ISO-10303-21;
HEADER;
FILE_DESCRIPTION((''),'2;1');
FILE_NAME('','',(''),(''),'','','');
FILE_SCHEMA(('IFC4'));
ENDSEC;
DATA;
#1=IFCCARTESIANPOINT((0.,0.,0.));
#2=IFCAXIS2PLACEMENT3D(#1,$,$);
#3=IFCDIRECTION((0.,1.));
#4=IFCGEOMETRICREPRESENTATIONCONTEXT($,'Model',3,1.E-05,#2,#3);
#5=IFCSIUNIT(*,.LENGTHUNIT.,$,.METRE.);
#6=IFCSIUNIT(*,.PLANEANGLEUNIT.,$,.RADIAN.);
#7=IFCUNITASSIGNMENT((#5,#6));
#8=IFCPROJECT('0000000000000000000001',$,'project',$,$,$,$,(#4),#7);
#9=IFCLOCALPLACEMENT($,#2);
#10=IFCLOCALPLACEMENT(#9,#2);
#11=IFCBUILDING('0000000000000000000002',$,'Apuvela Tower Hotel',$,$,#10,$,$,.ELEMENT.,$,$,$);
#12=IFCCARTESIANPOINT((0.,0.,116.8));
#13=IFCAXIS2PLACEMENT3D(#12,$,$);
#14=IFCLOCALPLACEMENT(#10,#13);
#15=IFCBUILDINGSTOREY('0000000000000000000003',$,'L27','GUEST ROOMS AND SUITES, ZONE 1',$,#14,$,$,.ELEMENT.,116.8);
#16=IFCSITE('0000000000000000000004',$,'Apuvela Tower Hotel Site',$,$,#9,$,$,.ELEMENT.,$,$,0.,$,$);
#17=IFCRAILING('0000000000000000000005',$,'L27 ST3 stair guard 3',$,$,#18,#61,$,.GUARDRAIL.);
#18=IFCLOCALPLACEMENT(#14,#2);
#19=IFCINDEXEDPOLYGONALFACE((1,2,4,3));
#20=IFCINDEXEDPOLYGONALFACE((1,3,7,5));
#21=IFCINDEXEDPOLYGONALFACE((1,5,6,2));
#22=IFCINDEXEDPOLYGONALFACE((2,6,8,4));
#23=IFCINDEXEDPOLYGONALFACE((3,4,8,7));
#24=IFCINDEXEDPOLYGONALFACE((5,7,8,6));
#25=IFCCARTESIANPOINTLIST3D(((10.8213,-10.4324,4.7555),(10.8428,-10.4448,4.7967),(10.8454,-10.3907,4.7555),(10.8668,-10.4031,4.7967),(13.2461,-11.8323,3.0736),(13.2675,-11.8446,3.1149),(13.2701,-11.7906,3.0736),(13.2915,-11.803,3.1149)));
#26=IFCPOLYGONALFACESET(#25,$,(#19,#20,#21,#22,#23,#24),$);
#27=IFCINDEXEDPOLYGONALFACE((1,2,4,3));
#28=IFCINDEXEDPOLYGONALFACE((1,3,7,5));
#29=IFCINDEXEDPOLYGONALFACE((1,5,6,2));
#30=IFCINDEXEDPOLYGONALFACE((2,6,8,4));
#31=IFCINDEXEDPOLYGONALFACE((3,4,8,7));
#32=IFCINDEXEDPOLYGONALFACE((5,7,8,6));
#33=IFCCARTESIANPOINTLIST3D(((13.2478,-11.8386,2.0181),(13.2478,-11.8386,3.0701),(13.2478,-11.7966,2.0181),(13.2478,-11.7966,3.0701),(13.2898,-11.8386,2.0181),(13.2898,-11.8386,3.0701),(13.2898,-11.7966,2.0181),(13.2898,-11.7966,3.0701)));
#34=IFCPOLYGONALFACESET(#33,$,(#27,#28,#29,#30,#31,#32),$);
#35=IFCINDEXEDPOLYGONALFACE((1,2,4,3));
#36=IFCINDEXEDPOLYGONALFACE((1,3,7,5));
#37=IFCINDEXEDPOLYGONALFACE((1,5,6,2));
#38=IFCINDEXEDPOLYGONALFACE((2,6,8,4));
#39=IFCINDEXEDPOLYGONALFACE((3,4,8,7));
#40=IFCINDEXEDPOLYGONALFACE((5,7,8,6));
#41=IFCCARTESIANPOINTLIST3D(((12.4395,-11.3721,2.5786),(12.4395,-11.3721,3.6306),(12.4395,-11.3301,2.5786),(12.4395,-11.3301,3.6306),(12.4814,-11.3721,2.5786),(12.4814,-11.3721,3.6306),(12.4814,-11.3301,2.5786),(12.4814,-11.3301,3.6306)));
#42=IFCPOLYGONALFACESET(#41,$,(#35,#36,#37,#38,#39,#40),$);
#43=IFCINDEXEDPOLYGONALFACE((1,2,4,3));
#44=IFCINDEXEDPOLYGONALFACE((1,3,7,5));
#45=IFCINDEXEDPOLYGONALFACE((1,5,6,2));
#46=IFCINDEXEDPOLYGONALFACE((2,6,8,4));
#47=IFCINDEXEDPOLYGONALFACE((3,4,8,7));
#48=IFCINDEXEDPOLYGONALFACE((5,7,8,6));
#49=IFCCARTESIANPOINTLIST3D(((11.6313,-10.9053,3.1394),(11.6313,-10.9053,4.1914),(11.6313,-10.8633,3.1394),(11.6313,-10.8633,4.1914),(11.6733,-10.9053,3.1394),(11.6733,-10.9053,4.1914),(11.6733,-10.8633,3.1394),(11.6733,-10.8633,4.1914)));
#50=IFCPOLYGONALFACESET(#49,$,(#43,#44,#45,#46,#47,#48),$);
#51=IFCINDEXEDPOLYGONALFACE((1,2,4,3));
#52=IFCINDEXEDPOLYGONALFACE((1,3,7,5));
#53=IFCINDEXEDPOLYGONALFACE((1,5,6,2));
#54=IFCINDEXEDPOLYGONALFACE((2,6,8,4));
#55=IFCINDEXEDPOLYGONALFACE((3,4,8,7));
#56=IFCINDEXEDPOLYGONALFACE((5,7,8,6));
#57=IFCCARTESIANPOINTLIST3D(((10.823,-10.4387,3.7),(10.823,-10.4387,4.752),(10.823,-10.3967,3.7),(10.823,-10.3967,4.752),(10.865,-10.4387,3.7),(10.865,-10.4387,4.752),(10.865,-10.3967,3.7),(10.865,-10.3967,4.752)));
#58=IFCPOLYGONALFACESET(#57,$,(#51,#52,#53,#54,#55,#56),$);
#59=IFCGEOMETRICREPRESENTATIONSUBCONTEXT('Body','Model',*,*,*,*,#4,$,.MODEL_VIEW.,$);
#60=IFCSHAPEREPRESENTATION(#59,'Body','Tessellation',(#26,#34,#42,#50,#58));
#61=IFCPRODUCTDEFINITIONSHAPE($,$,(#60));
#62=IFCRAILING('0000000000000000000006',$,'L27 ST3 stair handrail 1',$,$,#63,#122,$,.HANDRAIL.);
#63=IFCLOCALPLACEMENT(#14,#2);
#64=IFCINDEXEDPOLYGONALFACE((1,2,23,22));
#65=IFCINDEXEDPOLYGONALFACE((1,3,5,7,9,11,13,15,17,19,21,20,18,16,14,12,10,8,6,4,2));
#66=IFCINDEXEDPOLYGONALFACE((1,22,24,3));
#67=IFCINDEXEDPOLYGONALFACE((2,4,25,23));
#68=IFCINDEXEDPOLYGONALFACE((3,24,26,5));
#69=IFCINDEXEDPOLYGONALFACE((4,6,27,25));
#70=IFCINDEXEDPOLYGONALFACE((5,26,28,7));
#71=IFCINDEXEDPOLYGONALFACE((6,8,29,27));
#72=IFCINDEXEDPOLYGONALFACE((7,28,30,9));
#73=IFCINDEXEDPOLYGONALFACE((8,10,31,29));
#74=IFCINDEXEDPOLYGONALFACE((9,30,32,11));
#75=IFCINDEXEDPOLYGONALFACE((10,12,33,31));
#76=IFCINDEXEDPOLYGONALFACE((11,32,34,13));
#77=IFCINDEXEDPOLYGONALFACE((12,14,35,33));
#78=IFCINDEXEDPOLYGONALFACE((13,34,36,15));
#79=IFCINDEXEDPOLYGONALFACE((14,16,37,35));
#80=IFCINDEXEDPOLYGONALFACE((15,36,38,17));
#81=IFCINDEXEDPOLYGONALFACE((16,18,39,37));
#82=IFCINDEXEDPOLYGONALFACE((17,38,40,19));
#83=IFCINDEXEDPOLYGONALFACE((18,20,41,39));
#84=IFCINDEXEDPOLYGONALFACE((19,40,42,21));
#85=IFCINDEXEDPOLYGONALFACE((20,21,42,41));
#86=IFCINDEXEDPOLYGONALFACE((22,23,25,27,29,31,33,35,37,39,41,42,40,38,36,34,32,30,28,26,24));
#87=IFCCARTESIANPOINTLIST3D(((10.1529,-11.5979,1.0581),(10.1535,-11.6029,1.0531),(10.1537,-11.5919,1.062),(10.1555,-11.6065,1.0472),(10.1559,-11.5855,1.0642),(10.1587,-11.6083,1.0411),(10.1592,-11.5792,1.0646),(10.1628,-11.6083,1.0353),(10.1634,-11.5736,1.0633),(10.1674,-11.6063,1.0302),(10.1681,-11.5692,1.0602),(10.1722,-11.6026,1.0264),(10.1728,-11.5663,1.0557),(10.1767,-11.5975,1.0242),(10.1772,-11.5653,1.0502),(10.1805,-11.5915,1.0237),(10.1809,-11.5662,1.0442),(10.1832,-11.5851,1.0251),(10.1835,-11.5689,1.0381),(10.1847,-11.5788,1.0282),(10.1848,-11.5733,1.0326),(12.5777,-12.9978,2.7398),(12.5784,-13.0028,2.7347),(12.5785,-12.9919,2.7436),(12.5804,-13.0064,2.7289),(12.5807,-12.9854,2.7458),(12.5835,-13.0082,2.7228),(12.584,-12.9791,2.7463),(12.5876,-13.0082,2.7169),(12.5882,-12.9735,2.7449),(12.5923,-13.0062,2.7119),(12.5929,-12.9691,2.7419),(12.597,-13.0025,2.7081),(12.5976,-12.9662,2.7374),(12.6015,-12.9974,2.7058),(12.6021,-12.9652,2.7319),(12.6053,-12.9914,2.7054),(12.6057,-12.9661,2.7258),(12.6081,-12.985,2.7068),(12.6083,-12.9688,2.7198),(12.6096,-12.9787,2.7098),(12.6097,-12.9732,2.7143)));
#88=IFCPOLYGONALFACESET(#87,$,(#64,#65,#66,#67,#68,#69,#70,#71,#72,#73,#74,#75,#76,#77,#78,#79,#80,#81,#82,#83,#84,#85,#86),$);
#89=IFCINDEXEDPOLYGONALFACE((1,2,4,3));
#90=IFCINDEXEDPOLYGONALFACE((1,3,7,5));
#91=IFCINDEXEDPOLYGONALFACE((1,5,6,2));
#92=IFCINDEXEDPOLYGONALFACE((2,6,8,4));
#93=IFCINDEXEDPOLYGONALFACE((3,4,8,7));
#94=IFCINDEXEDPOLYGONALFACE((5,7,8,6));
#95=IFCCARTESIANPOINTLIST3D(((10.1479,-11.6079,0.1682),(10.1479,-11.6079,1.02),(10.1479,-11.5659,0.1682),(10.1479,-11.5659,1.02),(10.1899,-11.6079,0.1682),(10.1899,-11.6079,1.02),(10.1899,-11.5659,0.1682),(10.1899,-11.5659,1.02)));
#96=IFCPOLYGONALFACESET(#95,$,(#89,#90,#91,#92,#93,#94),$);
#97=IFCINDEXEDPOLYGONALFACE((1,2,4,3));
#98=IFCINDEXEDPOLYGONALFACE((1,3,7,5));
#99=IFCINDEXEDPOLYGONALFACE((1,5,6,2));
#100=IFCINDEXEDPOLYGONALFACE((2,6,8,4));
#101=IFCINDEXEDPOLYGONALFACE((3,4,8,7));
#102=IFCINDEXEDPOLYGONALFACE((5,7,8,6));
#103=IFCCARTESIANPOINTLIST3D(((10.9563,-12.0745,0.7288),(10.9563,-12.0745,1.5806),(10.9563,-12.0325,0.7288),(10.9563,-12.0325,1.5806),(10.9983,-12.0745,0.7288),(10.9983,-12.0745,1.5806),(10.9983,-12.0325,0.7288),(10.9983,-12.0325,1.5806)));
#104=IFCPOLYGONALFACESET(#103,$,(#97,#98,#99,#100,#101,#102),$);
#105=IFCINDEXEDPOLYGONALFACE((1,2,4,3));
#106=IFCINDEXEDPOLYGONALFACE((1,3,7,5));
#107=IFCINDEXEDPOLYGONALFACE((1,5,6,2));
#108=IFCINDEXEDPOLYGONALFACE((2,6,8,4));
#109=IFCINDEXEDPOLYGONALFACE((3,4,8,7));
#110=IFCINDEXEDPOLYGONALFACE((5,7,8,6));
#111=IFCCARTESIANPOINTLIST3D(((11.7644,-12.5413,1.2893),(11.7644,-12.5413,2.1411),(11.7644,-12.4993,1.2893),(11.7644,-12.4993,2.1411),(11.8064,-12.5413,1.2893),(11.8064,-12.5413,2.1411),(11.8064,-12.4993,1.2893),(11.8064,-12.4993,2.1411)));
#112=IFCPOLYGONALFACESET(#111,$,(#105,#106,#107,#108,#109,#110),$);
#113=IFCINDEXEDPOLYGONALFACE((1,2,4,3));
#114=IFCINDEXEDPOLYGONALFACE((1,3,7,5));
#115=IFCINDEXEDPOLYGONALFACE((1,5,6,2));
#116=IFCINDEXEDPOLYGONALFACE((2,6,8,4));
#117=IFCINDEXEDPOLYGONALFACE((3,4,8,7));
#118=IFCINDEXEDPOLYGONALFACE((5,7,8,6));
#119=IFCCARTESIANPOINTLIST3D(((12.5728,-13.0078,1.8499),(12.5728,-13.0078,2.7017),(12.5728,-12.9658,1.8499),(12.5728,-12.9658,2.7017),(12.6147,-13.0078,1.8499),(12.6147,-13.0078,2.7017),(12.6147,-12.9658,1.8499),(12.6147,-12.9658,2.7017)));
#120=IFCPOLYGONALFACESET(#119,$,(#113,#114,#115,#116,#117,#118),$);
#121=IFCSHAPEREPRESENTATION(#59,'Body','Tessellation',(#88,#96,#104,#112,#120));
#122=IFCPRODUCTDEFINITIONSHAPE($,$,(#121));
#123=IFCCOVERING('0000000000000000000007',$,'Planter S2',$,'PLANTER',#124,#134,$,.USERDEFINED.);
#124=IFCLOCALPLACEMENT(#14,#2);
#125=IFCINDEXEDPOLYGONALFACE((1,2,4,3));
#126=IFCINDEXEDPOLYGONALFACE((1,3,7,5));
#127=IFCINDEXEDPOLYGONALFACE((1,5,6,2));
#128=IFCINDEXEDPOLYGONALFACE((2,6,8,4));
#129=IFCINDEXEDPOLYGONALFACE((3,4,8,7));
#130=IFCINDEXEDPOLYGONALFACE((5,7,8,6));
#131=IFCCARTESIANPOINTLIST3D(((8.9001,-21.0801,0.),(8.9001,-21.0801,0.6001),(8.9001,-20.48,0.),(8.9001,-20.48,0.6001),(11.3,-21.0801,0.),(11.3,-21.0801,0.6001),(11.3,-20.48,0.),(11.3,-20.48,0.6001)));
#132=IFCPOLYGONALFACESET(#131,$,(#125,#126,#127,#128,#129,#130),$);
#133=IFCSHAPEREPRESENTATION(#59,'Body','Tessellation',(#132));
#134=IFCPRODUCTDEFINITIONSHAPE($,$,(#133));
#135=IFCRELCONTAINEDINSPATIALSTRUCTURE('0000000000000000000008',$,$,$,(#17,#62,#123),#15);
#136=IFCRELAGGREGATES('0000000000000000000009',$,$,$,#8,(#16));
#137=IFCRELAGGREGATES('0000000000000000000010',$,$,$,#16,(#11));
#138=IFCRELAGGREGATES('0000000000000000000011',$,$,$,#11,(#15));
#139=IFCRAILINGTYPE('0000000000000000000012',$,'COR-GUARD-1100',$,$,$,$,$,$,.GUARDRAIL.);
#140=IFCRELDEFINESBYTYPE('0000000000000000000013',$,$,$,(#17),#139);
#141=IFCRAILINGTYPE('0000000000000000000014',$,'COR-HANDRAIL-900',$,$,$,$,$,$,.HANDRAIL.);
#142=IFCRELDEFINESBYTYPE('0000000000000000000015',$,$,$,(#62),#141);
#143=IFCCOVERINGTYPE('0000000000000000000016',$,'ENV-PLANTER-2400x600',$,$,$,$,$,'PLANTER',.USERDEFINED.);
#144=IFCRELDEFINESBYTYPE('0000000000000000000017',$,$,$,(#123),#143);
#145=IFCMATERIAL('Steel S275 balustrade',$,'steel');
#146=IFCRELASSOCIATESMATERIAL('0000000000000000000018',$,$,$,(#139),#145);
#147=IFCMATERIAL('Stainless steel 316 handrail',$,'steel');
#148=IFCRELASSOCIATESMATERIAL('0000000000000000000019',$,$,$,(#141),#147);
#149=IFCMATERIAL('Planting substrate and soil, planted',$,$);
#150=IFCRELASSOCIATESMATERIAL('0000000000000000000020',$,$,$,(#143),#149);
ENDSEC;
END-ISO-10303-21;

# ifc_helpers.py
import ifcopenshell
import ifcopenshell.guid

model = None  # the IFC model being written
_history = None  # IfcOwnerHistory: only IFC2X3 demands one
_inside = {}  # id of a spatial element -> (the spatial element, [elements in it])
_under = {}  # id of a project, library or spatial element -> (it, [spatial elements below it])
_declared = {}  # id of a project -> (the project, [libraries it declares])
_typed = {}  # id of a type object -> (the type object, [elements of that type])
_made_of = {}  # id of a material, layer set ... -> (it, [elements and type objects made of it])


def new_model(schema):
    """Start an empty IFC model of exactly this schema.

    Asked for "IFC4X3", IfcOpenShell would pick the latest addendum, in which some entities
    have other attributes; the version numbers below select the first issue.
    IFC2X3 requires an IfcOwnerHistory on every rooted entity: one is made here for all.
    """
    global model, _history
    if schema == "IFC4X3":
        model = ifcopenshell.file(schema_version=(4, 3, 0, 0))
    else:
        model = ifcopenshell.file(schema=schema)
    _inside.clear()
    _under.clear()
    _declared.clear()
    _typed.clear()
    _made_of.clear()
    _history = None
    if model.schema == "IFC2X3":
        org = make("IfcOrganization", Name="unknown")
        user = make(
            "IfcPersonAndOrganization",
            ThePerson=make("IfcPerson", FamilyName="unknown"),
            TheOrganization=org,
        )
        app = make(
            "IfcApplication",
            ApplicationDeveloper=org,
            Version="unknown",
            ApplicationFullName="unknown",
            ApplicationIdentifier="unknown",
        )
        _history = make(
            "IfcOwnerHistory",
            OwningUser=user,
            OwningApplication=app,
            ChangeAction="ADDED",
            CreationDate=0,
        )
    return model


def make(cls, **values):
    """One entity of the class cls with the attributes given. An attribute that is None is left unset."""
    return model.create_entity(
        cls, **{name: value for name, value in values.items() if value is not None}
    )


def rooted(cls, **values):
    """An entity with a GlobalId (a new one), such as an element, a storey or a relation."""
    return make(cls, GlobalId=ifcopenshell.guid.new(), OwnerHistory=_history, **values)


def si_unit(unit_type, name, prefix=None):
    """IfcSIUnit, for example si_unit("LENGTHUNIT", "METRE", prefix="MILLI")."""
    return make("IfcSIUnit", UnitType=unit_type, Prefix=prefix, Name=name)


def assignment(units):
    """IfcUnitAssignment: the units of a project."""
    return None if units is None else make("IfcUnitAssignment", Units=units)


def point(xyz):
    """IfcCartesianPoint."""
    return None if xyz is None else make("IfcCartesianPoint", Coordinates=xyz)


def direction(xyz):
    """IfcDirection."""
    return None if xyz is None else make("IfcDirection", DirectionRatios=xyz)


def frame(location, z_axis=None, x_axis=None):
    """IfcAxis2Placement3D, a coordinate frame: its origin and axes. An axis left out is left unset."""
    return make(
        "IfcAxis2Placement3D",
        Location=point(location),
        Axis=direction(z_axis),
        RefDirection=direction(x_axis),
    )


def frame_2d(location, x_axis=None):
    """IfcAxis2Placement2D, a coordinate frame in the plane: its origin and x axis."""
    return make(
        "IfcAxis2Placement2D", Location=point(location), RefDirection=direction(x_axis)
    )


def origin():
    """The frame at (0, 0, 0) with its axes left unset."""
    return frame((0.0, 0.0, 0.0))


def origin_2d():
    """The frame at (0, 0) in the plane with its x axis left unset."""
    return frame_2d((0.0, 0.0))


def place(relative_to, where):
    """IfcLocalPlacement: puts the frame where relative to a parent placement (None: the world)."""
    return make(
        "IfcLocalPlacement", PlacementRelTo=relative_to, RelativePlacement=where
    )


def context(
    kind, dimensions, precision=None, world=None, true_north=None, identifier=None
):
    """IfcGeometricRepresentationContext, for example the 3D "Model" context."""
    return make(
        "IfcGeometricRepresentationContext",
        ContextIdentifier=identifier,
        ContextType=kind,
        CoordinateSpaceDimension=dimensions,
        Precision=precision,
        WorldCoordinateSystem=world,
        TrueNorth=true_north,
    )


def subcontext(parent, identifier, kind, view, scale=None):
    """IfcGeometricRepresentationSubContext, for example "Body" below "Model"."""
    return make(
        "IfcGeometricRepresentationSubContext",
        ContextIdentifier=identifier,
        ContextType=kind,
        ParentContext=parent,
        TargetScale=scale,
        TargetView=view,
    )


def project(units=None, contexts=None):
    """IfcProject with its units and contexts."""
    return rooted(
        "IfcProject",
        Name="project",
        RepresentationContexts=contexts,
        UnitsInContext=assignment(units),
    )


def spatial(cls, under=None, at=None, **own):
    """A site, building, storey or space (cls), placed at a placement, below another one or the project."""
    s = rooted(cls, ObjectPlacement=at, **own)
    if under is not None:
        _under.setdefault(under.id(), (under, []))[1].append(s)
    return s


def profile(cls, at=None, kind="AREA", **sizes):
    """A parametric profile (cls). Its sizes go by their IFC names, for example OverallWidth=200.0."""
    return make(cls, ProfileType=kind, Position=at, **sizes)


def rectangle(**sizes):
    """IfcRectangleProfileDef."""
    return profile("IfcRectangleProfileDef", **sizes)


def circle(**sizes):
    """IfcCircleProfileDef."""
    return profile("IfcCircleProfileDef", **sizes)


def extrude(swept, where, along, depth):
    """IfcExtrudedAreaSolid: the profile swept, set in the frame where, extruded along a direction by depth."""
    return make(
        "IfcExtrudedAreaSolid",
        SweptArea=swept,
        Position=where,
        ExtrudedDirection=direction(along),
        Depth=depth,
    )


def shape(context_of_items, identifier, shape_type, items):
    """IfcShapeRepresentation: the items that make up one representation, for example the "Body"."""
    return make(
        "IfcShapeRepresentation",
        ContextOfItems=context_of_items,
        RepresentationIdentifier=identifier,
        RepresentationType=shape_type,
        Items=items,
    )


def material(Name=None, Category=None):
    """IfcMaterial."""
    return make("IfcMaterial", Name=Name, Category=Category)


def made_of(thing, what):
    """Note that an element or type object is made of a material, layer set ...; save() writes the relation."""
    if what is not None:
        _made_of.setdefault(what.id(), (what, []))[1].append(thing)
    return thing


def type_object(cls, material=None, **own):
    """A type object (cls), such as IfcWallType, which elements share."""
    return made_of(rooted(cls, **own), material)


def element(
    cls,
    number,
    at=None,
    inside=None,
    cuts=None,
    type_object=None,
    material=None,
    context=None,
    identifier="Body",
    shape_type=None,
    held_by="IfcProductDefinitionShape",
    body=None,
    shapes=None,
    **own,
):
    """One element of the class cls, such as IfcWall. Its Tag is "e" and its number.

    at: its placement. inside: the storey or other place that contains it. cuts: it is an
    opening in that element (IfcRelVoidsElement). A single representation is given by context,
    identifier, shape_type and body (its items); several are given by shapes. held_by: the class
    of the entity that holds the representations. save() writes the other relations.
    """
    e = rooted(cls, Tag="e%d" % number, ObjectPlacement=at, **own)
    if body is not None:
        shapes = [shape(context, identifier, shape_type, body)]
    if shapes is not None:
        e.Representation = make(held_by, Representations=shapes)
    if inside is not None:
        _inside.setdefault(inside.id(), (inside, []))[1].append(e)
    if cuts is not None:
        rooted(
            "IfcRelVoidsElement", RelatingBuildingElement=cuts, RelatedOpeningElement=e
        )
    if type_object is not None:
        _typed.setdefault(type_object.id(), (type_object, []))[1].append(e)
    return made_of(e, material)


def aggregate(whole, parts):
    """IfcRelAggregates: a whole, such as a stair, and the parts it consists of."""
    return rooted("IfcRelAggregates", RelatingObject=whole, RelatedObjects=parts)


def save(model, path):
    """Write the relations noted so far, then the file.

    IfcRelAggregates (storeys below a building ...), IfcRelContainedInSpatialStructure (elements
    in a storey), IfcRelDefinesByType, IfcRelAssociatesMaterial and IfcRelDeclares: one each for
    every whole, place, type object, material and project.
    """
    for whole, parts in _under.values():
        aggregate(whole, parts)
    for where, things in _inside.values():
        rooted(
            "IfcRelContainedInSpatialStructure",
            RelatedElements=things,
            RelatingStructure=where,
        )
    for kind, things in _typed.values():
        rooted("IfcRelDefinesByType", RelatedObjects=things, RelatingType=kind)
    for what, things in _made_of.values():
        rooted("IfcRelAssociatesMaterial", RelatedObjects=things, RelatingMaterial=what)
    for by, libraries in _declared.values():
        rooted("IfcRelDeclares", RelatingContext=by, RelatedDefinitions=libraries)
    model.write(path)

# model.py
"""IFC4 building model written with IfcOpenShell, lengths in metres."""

from ifc_helpers import new_model, si_unit, direction, frame, origin, origin_2d, place, context, subcontext, project, spatial, rectangle, circle, extrude, material, type_object, element, save


model = new_model("IFC4")

# Units and contexts
model_context = context("Model", 3, precision=1e-05, world=origin(), true_north=direction((0.0, 1.0)))
body_context = subcontext(model_context, "Body", "Model", "MODEL_VIEW")
ifc_project = project(units=[si_unit("LENGTHUNIT", "METRE"), si_unit("PLANEANGLEUNIT", "RADIAN")], contexts=[model_context])

# Site, building, storey
site_placement = place(None, origin())
site = spatial("IfcSite", under=ifc_project, at=site_placement, Name="Apuvela Tower Hotel Site", CompositionType="ELEMENT", RefElevation=0.0)
building_placement = place(site_placement, origin())
building = spatial("IfcBuilding", under=site, at=building_placement, Name="Apuvela Tower Hotel", CompositionType="ELEMENT")
storey_placement = place(building_placement, frame((0.0, 0.0, 116.8)))
storey = spatial("IfcBuildingStorey", under=building, at=storey_placement, Name="L27", Description="GUEST ROOMS AND SUITES, ZONE 1", CompositionType="ELEMENT", Elevation=116.8)

# Railings
ifc_material_1 = material(Name="Steel S275 balustrade", Category="steel")
railing_type_1 = type_object("IfcRailingType", Name="COR-GUARD-1100", PredefinedType="GUARDRAIL", material=ifc_material_1)
railing_1_placement = place(storey_placement, frame((13.2688, -11.8176, 2.0181)))
element("IfcRailing", 1, at=railing_1_placement, inside=storey, type_object=railing_type_1, Name="L27 ST3 stair guard 3", PredefinedType="GUARDRAIL", context=body_context, shape_type="SweptSolid", body=[
    extrude(rectangle(XDim=0.0481, YDim=0.0481, at=origin_2d()), frame((0.0, 0.0, 1.0762), z_axis=(-0.74239, 0.428601, 0.514934), x_axis=(-0.499984, -0.866035, 0.0)), (0.0, 0.0, 1.0), 3.2661),
    extrude(rectangle(XDim=0.042, YDim=0.042, at=origin_2d()), origin(), (0.0, 0.0, 1.0), 1.052),
    extrude(rectangle(XDim=0.042, YDim=0.042, at=origin_2d()), frame((-0.8083, 0.4666, 0.5605)), (0.0, 0.0, 1.0), 1.052),
    extrude(rectangle(XDim=0.042, YDim=0.042, at=origin_2d()), frame((-1.6165, 0.9333, 1.1213)), (0.0, 0.0, 1.0), 1.052),
    extrude(rectangle(XDim=0.042, YDim=0.042, at=origin_2d()), frame((-2.4248, 1.3999, 1.6819)), (0.0, 0.0, 1.0), 1.052),
])
ifc_material_2 = material(Name="Stainless steel 316 handrail", Category="steel")
railing_type_2 = type_object("IfcRailingType", Name="COR-HANDRAIL-900", PredefinedType="HANDRAIL", material=ifc_material_2)
railing_2_placement = place(storey_placement, frame((10.1689, -11.5869, 0.1682)))
element("IfcRailing", 2, at=railing_2_placement, inside=storey, type_object=railing_type_2, Name="L27 ST3 stair handrail 1", PredefinedType="HANDRAIL", context=body_context, shape_type="SweptSolid", body=[
    extrude(circle(Radius=0.0239, at=origin_2d()), frame((0.0, 0.0, 0.876), z_axis=(0.742419, -0.428618, 0.514879), x_axis=(0.499984, 0.866035, 0.0)), (0.0, 0.0, 1.0), 3.2661),
    extrude(rectangle(XDim=0.042, YDim=0.042, at=origin_2d()), origin(), (0.0, 0.0, 1.0), 0.8518),
    extrude(rectangle(XDim=0.042, YDim=0.042, at=origin_2d()), frame((0.8083, -0.4666, 0.5605)), (0.0, 0.0, 1.0), 0.8518),
    extrude(rectangle(XDim=0.042, YDim=0.042, at=origin_2d()), frame((1.6165, -0.9333, 1.1211)), (0.0, 0.0, 1.0), 0.8518),
    extrude(rectangle(XDim=0.042, YDim=0.042, at=origin_2d()), frame((2.4248, -1.3999, 1.6816)), (0.0, 0.0, 1.0), 0.8518),
])

# Covering
ifc_material_3 = material(Name="Planting substrate and soil, planted")
covering_type = type_object("IfcCoveringType", Name="ENV-PLANTER-2400x600", ElementType="PLANTER", PredefinedType="USERDEFINED", material=ifc_material_3)
covering_placement = place(storey_placement, frame((10.1001, -20.78, 0.0), z_axis=(0.0, 0.0, 1.0), x_axis=(1.0, 0.0, 0.0)))
element("IfcCovering", 3, at=covering_placement, inside=storey, type_object=covering_type, Name="Planter S2", ObjectType="PLANTER", PredefinedType="USERDEFINED", context=body_context, shape_type="SweptSolid", body=[
    extrude(rectangle(XDim=2.3999, YDim=0.6001, at=origin_2d()), origin(), (0.0, 0.0, 1.0), 0.6001),
])

save(model, "model.ifc")
